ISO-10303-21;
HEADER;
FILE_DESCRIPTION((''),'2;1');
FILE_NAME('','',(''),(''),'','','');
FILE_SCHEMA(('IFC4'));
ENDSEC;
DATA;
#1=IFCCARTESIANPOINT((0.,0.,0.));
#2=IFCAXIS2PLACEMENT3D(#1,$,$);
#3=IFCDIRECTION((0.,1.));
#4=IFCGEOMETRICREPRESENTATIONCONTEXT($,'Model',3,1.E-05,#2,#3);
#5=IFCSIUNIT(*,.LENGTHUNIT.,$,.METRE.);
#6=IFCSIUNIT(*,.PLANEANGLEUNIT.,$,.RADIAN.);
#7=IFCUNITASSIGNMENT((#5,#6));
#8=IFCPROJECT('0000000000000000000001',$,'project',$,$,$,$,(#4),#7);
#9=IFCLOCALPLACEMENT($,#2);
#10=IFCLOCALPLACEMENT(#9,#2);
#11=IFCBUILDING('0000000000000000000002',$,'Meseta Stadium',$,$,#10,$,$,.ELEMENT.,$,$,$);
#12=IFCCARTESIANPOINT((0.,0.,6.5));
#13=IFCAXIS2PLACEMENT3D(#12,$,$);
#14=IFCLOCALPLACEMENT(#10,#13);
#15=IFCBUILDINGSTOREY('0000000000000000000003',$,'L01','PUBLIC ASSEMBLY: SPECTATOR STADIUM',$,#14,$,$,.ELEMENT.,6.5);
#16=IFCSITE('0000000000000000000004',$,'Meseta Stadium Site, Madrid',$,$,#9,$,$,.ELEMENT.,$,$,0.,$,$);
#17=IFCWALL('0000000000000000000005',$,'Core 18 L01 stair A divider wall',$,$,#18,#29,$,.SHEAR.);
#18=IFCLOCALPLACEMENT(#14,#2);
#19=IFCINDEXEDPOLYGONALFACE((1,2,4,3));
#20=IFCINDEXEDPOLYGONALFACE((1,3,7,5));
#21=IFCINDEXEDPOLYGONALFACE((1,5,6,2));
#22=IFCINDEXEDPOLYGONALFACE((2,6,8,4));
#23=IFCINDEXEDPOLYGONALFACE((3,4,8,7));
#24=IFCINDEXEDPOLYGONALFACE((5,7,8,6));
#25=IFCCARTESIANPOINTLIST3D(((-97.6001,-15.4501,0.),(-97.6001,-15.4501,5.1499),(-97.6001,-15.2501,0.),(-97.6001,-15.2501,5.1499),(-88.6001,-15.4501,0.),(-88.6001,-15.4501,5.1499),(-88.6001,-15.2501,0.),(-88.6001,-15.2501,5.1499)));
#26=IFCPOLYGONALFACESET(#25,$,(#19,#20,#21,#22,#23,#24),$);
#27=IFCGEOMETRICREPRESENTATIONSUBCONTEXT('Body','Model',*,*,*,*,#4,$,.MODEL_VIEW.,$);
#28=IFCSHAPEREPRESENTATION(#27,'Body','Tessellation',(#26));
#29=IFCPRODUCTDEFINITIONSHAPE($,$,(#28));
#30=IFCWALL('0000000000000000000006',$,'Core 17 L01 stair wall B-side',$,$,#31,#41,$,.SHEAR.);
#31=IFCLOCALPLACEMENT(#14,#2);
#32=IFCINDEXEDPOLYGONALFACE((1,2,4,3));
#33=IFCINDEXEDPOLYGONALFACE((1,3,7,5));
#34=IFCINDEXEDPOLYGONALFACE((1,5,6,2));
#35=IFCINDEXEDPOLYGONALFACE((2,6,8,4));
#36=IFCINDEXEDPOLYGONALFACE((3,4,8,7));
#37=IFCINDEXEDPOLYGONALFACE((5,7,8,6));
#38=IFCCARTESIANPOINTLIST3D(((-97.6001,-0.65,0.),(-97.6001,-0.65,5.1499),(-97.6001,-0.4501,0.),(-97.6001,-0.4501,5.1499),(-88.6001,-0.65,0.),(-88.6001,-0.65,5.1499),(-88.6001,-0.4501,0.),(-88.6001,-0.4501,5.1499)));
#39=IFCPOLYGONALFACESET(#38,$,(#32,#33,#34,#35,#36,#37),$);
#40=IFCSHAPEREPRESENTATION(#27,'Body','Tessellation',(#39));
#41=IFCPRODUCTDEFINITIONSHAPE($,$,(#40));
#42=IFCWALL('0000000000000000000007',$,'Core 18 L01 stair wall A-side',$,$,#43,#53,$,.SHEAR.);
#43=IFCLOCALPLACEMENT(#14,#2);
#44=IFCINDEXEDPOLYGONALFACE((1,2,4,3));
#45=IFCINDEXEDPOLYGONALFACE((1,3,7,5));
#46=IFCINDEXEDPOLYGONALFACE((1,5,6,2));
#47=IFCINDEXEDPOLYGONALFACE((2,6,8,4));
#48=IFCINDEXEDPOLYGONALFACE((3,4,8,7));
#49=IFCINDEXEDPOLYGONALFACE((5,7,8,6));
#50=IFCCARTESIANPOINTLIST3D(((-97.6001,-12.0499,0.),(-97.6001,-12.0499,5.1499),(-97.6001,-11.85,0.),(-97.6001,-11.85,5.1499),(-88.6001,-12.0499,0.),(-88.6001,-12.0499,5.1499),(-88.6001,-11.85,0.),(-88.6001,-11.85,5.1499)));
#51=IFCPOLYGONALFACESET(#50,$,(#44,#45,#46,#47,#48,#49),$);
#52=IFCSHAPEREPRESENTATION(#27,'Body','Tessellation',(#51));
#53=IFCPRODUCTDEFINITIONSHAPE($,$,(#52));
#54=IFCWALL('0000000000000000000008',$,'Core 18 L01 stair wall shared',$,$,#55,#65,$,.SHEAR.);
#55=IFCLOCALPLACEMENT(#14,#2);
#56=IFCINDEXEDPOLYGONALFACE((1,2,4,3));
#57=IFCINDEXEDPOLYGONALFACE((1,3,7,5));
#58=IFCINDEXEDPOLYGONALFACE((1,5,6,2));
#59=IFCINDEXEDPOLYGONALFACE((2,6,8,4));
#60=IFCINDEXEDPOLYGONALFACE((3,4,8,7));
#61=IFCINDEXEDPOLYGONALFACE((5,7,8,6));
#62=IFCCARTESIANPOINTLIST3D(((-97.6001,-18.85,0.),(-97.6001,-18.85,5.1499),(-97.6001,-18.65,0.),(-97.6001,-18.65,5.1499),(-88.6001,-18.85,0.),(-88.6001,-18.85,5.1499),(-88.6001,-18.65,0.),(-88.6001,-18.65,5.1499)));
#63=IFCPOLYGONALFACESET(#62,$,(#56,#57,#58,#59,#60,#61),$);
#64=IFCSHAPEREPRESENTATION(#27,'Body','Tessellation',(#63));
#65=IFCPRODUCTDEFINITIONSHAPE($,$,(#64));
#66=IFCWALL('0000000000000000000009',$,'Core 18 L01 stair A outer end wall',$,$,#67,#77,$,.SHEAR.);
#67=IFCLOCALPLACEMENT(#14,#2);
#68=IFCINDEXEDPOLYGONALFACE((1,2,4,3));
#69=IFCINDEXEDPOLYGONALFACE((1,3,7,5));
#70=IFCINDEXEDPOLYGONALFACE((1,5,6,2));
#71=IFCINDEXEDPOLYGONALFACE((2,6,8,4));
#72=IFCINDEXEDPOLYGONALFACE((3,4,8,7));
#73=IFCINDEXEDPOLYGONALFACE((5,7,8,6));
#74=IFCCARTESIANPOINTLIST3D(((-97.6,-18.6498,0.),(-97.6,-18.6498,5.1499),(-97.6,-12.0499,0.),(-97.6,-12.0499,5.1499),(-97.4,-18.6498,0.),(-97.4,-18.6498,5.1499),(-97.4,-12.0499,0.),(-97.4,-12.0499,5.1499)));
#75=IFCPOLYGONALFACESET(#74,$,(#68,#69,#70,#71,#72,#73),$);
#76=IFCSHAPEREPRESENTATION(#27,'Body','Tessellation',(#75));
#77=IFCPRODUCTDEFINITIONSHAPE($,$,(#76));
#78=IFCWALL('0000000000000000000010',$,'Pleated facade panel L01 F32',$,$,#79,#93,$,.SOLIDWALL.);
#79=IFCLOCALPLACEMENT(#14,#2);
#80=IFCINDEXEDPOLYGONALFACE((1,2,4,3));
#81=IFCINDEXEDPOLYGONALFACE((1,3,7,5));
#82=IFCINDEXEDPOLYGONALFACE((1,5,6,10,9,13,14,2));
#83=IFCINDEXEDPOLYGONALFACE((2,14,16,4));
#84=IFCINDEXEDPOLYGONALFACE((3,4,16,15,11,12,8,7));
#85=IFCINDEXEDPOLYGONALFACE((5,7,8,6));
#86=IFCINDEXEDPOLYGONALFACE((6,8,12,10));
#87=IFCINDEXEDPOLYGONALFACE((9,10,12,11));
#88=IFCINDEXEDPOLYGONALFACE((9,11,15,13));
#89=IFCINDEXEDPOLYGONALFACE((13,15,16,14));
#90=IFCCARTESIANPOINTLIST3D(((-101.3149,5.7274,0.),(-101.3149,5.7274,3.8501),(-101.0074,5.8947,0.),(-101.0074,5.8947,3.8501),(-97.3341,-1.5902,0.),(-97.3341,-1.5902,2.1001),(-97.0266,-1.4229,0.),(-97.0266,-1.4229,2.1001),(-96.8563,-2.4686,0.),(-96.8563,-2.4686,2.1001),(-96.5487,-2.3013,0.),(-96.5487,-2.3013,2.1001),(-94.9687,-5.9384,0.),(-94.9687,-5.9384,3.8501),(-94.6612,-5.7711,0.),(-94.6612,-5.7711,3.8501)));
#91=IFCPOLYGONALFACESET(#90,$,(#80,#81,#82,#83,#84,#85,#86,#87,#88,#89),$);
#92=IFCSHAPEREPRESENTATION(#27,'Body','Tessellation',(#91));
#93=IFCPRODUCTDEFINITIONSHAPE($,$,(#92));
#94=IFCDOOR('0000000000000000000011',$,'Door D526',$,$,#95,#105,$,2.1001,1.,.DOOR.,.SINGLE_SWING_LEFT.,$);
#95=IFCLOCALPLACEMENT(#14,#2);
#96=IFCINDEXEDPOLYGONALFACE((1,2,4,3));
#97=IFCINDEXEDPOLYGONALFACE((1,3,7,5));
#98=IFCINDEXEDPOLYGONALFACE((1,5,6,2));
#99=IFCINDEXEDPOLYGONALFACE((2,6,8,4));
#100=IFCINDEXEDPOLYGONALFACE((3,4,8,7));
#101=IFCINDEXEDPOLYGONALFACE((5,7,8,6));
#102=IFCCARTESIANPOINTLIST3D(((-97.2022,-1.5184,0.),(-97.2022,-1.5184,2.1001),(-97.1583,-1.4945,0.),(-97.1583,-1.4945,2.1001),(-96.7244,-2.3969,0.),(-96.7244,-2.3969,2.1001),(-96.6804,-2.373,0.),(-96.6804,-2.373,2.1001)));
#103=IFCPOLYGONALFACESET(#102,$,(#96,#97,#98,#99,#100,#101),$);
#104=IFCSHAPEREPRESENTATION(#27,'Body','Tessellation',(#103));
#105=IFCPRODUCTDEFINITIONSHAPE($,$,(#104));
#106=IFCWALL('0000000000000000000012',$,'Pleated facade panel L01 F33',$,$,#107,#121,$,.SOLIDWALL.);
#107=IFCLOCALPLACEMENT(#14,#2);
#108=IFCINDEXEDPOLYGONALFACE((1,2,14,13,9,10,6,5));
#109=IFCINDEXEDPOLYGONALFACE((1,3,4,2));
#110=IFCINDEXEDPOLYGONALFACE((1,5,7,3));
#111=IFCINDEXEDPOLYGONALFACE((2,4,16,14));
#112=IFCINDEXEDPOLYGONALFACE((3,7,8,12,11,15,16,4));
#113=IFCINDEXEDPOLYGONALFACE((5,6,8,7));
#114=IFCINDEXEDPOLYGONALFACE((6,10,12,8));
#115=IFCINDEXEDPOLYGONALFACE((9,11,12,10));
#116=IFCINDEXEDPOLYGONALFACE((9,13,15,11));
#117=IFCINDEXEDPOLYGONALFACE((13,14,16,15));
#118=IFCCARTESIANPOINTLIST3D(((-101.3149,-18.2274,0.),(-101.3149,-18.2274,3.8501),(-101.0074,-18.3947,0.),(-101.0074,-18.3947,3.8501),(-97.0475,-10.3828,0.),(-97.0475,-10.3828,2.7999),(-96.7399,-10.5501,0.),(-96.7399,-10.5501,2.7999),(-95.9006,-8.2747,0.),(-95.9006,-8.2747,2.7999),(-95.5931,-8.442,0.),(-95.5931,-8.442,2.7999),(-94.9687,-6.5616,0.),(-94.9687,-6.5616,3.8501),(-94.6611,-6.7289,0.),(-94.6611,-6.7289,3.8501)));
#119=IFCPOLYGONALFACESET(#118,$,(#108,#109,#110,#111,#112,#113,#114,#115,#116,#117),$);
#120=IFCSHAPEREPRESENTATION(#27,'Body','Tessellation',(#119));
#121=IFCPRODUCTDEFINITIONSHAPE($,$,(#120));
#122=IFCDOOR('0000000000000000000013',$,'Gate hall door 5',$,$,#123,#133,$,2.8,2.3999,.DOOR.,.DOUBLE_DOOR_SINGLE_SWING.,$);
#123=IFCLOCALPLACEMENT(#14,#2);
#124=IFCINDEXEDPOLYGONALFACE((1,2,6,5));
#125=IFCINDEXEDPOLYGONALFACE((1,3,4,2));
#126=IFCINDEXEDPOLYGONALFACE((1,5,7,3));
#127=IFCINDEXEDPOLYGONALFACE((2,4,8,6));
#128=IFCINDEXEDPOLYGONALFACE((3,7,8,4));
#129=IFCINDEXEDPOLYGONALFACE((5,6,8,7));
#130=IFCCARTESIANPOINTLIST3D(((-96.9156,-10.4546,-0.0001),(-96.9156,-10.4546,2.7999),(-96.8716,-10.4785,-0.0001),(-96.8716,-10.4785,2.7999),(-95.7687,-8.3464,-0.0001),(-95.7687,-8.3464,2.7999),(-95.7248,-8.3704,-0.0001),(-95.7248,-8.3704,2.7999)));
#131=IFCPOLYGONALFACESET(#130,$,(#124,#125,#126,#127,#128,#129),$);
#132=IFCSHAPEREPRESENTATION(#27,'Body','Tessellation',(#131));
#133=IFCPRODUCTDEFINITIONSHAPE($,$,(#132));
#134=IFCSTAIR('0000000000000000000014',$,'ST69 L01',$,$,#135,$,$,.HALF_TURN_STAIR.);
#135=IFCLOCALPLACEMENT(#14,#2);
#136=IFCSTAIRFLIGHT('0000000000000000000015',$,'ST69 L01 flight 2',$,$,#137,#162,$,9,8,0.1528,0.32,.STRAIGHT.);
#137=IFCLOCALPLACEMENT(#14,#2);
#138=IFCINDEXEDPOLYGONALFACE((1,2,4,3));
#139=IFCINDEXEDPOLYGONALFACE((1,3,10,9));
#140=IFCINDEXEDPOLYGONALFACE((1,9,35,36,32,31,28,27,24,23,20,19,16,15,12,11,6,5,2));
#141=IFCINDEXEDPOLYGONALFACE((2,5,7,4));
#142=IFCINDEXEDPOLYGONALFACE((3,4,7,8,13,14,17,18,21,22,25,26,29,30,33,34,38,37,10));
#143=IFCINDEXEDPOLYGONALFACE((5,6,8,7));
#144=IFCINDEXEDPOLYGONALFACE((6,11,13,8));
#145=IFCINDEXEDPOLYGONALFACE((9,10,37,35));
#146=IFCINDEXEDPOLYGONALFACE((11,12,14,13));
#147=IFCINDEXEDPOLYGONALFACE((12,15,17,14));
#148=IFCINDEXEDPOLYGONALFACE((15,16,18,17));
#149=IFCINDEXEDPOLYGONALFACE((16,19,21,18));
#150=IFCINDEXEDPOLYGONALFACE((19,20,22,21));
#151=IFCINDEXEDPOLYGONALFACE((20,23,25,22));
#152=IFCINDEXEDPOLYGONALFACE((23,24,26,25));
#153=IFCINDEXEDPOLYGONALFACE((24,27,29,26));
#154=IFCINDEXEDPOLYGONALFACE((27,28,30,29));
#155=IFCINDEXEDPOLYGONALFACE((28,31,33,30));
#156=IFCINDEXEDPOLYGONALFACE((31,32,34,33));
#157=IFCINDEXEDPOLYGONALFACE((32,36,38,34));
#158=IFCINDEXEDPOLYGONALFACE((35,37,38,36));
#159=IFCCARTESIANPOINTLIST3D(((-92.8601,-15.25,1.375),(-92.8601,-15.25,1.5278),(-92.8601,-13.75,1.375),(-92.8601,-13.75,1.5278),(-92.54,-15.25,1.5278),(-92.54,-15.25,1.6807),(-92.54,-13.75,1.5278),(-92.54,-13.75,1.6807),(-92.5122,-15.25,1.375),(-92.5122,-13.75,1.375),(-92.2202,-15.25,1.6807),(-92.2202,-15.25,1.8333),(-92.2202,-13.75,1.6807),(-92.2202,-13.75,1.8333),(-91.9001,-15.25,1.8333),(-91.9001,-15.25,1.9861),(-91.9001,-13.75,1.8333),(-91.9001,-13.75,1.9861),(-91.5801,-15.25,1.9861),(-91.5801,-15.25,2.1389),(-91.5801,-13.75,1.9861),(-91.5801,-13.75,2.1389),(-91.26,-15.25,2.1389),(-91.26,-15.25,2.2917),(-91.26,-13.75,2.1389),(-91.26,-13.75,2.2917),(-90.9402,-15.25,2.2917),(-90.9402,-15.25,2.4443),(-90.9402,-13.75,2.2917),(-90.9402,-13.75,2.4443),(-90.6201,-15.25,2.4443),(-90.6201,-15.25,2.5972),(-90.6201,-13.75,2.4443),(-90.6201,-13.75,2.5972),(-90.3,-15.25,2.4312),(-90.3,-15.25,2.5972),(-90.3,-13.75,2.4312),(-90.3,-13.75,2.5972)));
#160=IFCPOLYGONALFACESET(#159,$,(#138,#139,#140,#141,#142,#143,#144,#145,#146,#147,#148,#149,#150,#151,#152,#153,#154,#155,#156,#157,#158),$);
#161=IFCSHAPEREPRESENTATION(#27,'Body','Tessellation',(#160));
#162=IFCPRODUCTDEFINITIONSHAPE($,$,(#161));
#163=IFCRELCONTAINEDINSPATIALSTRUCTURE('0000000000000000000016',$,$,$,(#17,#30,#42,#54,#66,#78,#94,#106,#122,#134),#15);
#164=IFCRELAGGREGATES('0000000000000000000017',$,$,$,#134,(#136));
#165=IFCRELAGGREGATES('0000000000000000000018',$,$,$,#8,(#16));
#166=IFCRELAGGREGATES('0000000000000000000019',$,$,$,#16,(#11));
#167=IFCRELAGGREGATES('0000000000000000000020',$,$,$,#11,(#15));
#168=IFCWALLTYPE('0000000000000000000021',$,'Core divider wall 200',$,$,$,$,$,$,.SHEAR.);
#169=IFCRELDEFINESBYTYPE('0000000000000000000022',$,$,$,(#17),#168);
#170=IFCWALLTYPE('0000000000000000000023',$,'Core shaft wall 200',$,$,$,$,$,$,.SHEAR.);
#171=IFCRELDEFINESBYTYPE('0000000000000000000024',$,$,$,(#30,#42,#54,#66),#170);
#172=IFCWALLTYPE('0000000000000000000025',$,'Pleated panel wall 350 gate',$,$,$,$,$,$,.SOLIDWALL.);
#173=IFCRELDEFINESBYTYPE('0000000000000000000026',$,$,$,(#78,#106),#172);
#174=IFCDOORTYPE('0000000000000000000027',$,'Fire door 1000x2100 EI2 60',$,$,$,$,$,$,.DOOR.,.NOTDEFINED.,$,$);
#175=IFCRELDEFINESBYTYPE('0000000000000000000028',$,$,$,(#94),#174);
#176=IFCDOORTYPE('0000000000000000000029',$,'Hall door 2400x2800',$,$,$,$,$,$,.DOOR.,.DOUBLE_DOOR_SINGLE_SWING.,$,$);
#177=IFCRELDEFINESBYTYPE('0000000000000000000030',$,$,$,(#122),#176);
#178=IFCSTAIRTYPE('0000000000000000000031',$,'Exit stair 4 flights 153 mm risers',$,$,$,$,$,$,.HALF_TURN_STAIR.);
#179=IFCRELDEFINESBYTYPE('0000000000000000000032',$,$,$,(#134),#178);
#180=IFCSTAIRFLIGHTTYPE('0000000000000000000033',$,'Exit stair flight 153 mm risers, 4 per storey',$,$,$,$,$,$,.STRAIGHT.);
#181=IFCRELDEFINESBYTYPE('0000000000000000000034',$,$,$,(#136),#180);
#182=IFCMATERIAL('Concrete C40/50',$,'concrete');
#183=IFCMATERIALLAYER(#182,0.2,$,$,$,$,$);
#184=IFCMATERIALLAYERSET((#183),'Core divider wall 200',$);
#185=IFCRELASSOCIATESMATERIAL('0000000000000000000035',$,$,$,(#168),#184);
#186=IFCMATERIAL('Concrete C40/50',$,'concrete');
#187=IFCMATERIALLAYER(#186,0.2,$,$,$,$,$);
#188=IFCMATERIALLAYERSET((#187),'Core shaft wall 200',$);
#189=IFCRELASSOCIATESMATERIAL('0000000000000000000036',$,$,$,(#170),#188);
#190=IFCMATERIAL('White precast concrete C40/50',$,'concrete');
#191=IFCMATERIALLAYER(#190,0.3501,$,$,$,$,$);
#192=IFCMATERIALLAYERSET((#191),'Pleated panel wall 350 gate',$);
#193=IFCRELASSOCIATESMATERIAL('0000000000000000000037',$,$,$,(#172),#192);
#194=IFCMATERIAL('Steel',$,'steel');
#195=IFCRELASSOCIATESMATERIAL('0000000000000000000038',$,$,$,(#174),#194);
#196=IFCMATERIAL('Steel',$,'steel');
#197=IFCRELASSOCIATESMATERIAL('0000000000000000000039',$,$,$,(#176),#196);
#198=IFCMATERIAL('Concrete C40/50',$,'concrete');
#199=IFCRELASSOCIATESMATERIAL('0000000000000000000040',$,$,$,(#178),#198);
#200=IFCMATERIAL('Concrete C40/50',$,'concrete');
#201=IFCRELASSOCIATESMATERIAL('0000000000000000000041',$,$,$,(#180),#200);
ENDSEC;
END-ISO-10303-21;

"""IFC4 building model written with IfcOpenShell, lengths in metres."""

from ifc_helpers import new_model, si_unit, direction, frame, frame_2d, origin, place, context, subcontext, project, spatial, polyline, rectangle, outline, extrude, material, layer, layer_set, type_object, element, fill, aggregate, save


model = new_model("IFC4")

# Units and contexts
model_context = context("Model", 3, precision=1e-05, world=origin(), true_north=direction((0.0, 1.0)))
body_context = subcontext(model_context, "Body", "Model", "MODEL_VIEW")
ifc_project = project(units=[si_unit("LENGTHUNIT", "METRE"), si_unit("PLANEANGLEUNIT", "RADIAN")], contexts=[model_context])

# Site, building, storey
site_placement = place(None, origin())
site = spatial("IfcSite", under=ifc_project, at=site_placement, Name="Meseta Stadium Site, Madrid", CompositionType="ELEMENT", RefElevation=0.0)
building_placement = place(site_placement, origin())
building = spatial("IfcBuilding", under=site, at=building_placement, Name="Meseta Stadium", CompositionType="ELEMENT")
storey_placement = place(building_placement, frame((0.0, 0.0, 6.5)))
storey = spatial("IfcBuildingStorey", under=building, at=storey_placement, Name="L01", Description="PUBLIC ASSEMBLY: SPECTATOR STADIUM", CompositionType="ELEMENT", Elevation=6.5)

# Walls
ifc_material_1 = material(Name="Concrete C40/50", Category="concrete")
ifc_layer_1 = layer(ifc_material_1, 0.2)
ifc_layer_set_1 = layer_set([ifc_layer_1], Name="Core divider wall 200")
wall_type_1 = type_object("IfcWallType", Name="Core divider wall 200", PredefinedType="SHEAR", material=ifc_layer_set_1)
wall_1_placement = place(storey_placement, frame((-97.6001, -15.3501, 0.0), z_axis=(0.0, 0.0, 1.0), x_axis=(1.0, 0.0, 0.0)))
element("IfcWall", 1, at=wall_1_placement, inside=storey, type_object=wall_type_1, Name="Core 18 L01 stair A divider wall", PredefinedType="SHEAR", context=body_context, shape_type="SweptSolid", body=[
    extrude(rectangle(XDim=9.0, YDim=0.2, at=frame_2d((4.5, 0.0))), origin(), (0.0, 0.0, 1.0), 5.1499),
])
ifc_material_2 = material(Name="Concrete C40/50", Category="concrete")
ifc_layer_2 = layer(ifc_material_2, 0.2)
ifc_layer_set_2 = layer_set([ifc_layer_2], Name="Core shaft wall 200")
wall_type_2 = type_object("IfcWallType", Name="Core shaft wall 200", PredefinedType="SHEAR", material=ifc_layer_set_2)
for number, where, z_axis, x_axis, name in (
    (2, (-97.6001, -0.55, 0.0), (0.0, 0.0, 1.0), (1.0, 0.0, 0.0), "Core 17 L01 stair wall B-side"),
    (3, (-97.6001, -11.95, 0.0), (0.0, 0.0, 1.0), (1.0, 0.0, 0.0), "Core 18 L01 stair wall A-side"),
    (4, (-97.6001, -18.75, 0.0), (0.0, 0.0, 1.0), (1.0, 0.0, 0.0), "Core 18 L01 stair wall shared"),
):
    element("IfcWall", number, at=place(storey_placement, frame(where, z_axis=z_axis, x_axis=x_axis)), inside=storey, type_object=wall_type_2, Name=name, PredefinedType="SHEAR", context=body_context, shape_type="SweptSolid", body=[
        extrude(rectangle(XDim=9.0, YDim=0.2, at=frame_2d((4.5, 0.0))), origin(), (0.0, 0.0, 1.0), 5.1499),
    ])
wall_2_placement = place(storey_placement, frame((-97.5, -12.05, 0.0), z_axis=(0.0, 0.0, 1.0), x_axis=(0.0, -1.0, 0.0)))
element("IfcWall", 5, at=wall_2_placement, inside=storey, type_object=wall_type_2, Name="Core 18 L01 stair A outer end wall", PredefinedType="SHEAR", context=body_context, shape_type="SweptSolid", body=[
    extrude(rectangle(XDim=6.5999, YDim=0.2, at=frame_2d((3.2998, 0.0))), origin(), (0.0, 0.0, 1.0), 5.1499),
])

# Walls, openings, doors
ifc_material_3 = material(Name="White precast concrete C40/50", Category="concrete")
ifc_layer_3 = layer(ifc_material_3, 0.3501)
ifc_layer_set_3 = layer_set([ifc_layer_3], Name="Pleated panel wall 350 gate")
wall_type_3 = type_object("IfcWallType", Name="Pleated panel wall 350 gate", PredefinedType="SOLIDWALL", material=ifc_layer_set_3)
wall_3_placement = place(storey_placement, frame((-94.8149, -5.8547, 0.0), z_axis=(0.0, 0.0, 1.0), x_axis=(-0.477868, 0.878432, 0.0)))
wall_3 = element("IfcWall", 6, at=wall_3_placement, inside=storey, type_object=wall_type_3, Name="Pleated facade panel L01 F32", PredefinedType="SOLIDWALL", context=body_context, shape_type="SweptSolid", body=[
    extrude(rectangle(XDim=13.2803, YDim=0.3501, at=frame_2d((6.6401, 0.0))), origin(), (0.0, 0.0, 1.0), 3.8501),
])
opening_1_placement = place(wall_3_placement, frame((3.95, 0.0, 0.0)))
opening_1 = element("IfcOpeningElement", 7, at=opening_1_placement, cuts=wall_3, PredefinedType="OPENING", context=body_context, shape_type="SweptSolid", body=[
    extrude(rectangle(XDim=1.0, YDim=2.1001, at=frame_2d((0.5, 1.05))), frame((0.0, 0.1851, 0.0), z_axis=(0.0, -1.0, 0.0), x_axis=(1.0, 0.0, 0.0)), (0.0, 0.0, 1.0), 0.3701),
])
ifc_material_4 = material(Name="Steel", Category="steel")
door_type_1 = type_object("IfcDoorType", Name="Fire door 1000x2100 EI2 60", OperationType="NOTDEFINED", PredefinedType="DOOR", material=ifc_material_4)
door_1_placement = place(opening_1_placement, origin())
door_1 = element("IfcDoor", 8, at=door_1_placement, inside=storey, type_object=door_type_1, Name="Door D526", OperationType="SINGLE_SWING_LEFT", OverallHeight=2.1001, OverallWidth=1.0, PredefinedType="DOOR", context=body_context, shape_type="SweptSolid", body=[
    extrude(rectangle(XDim=1.0, YDim=2.1001, at=frame_2d((0.5, 1.05))), frame((0.0, 0.0249, 0.0), z_axis=(0.0, -1.0, 0.0), x_axis=(1.0, 0.0, 0.0)), (0.0, 0.0, 1.0), 0.05),
])
fill(opening_1, door_1)
wall_4_placement = place(storey_placement, frame((-101.1611, -18.311, 0.0), z_axis=(0.0, 0.0, 1.0), x_axis=(0.477868, 0.878432, 0.0)))
wall_4 = element("IfcWall", 9, at=wall_4_placement, inside=storey, type_object=wall_type_3, Name="Pleated facade panel L01 F33", PredefinedType="SOLIDWALL", context=body_context, shape_type="SweptSolid", body=[
    extrude(rectangle(XDim=13.2803, YDim=0.3501, at=frame_2d((6.6401, 0.0))), origin(), (0.0, 0.0, 1.0), 3.8501),
])
opening_2_placement = place(wall_4_placement, frame((8.9302, 0.0, 0.0)))
opening_2 = element("IfcOpeningElement", 10, at=opening_2_placement, cuts=wall_4, PredefinedType="OPENING", context=body_context, shape_type="SweptSolid", body=[
    extrude(rectangle(XDim=2.3999, YDim=2.8, at=frame_2d((1.2, 1.3999))), frame((0.0, 0.1851, 0.0), z_axis=(0.0, -1.0, 0.0), x_axis=(1.0, 0.0, 0.0)), (0.0, 0.0, 1.0), 0.3701),
])
ifc_material_5 = material(Name="Steel", Category="steel")
door_type_2 = type_object("IfcDoorType", Name="Hall door 2400x2800", OperationType="DOUBLE_DOOR_SINGLE_SWING", PredefinedType="DOOR", material=ifc_material_5)
door_2_placement = place(opening_2_placement, origin())
door_2 = element("IfcDoor", 11, at=door_2_placement, inside=storey, type_object=door_type_2, Name="Gate hall door 5", OperationType="DOUBLE_DOOR_SINGLE_SWING", OverallHeight=2.8, OverallWidth=2.3999, PredefinedType="DOOR", context=body_context, shape_type="SweptSolid", body=[
    extrude(rectangle(XDim=2.3999, YDim=2.8, at=frame_2d((1.2, 1.3999))), frame((0.0, 0.0249, 0.0), z_axis=(0.0, -1.0, 0.0), x_axis=(1.0, 0.0, 0.0)), (0.0, 0.0, 1.0), 0.05),
])
fill(opening_2, door_2)

# Stair, stair flight
ifc_material_6 = material(Name="Concrete C40/50", Category="concrete")
stair_type = type_object("IfcStairType", Name="Exit stair 4 flights 153 mm risers", PredefinedType="HALF_TURN_STAIR", material=ifc_material_6)
stair_1_placement = place(storey_placement, origin())
stair_1 = element("IfcStair", 12, at=stair_1_placement, inside=storey, type_object=stair_type, Name="ST69 L01", PredefinedType="HALF_TURN_STAIR")
ifc_material_7 = material(Name="Concrete C40/50", Category="concrete")
stair_flight_type = type_object("IfcStairFlightType", Name="Exit stair flight 153 mm risers, 4 per storey", PredefinedType="STRAIGHT", material=ifc_material_7)
stair_flight_1_placement = place(storey_placement, frame((-92.8601, -14.5, 1.375), z_axis=(0.0, 0.0, 1.0), x_axis=(1.0, 0.0, 0.0)))
stair_flight_1 = element("IfcStairFlight", 13, at=stair_flight_1_placement, type_object=stair_flight_type, Name="ST69 L01 flight 2", NumberOfRisers=9, NumberOfTreads=8, PredefinedType="STRAIGHT", RiserHeight=0.1528, TreadLength=0.32, context=body_context, shape_type="SweptSolid", body=[
    extrude(outline(polyline([(0.0, 0.0), (0.0, 0.1528), (0.3201, 0.1528), (0.3201, 0.3057), (0.6399, 0.3057), (0.6399, 0.4583), (0.96, 0.4583), (0.96, 0.6111), (1.28, 0.6111), (1.28, 0.7639), (1.6001, 0.7639), (1.6001, 0.9167), (1.9199, 0.9167), (1.9199, 1.0693), (2.24, 1.0693), (2.24, 1.2222), (2.5601, 1.2222), (2.5601, 1.0562), (0.3479, 0.0), (0.0, 0.0)])), frame((0.0, 0.75, 0.0), z_axis=(0.0, -1.0, 0.0), x_axis=(1.0, 0.0, 0.0)), (0.0, 0.0, 1.0), 1.5),
])
aggregate(stair_1, [stair_flight_1])

save(model, "model.ifc")
